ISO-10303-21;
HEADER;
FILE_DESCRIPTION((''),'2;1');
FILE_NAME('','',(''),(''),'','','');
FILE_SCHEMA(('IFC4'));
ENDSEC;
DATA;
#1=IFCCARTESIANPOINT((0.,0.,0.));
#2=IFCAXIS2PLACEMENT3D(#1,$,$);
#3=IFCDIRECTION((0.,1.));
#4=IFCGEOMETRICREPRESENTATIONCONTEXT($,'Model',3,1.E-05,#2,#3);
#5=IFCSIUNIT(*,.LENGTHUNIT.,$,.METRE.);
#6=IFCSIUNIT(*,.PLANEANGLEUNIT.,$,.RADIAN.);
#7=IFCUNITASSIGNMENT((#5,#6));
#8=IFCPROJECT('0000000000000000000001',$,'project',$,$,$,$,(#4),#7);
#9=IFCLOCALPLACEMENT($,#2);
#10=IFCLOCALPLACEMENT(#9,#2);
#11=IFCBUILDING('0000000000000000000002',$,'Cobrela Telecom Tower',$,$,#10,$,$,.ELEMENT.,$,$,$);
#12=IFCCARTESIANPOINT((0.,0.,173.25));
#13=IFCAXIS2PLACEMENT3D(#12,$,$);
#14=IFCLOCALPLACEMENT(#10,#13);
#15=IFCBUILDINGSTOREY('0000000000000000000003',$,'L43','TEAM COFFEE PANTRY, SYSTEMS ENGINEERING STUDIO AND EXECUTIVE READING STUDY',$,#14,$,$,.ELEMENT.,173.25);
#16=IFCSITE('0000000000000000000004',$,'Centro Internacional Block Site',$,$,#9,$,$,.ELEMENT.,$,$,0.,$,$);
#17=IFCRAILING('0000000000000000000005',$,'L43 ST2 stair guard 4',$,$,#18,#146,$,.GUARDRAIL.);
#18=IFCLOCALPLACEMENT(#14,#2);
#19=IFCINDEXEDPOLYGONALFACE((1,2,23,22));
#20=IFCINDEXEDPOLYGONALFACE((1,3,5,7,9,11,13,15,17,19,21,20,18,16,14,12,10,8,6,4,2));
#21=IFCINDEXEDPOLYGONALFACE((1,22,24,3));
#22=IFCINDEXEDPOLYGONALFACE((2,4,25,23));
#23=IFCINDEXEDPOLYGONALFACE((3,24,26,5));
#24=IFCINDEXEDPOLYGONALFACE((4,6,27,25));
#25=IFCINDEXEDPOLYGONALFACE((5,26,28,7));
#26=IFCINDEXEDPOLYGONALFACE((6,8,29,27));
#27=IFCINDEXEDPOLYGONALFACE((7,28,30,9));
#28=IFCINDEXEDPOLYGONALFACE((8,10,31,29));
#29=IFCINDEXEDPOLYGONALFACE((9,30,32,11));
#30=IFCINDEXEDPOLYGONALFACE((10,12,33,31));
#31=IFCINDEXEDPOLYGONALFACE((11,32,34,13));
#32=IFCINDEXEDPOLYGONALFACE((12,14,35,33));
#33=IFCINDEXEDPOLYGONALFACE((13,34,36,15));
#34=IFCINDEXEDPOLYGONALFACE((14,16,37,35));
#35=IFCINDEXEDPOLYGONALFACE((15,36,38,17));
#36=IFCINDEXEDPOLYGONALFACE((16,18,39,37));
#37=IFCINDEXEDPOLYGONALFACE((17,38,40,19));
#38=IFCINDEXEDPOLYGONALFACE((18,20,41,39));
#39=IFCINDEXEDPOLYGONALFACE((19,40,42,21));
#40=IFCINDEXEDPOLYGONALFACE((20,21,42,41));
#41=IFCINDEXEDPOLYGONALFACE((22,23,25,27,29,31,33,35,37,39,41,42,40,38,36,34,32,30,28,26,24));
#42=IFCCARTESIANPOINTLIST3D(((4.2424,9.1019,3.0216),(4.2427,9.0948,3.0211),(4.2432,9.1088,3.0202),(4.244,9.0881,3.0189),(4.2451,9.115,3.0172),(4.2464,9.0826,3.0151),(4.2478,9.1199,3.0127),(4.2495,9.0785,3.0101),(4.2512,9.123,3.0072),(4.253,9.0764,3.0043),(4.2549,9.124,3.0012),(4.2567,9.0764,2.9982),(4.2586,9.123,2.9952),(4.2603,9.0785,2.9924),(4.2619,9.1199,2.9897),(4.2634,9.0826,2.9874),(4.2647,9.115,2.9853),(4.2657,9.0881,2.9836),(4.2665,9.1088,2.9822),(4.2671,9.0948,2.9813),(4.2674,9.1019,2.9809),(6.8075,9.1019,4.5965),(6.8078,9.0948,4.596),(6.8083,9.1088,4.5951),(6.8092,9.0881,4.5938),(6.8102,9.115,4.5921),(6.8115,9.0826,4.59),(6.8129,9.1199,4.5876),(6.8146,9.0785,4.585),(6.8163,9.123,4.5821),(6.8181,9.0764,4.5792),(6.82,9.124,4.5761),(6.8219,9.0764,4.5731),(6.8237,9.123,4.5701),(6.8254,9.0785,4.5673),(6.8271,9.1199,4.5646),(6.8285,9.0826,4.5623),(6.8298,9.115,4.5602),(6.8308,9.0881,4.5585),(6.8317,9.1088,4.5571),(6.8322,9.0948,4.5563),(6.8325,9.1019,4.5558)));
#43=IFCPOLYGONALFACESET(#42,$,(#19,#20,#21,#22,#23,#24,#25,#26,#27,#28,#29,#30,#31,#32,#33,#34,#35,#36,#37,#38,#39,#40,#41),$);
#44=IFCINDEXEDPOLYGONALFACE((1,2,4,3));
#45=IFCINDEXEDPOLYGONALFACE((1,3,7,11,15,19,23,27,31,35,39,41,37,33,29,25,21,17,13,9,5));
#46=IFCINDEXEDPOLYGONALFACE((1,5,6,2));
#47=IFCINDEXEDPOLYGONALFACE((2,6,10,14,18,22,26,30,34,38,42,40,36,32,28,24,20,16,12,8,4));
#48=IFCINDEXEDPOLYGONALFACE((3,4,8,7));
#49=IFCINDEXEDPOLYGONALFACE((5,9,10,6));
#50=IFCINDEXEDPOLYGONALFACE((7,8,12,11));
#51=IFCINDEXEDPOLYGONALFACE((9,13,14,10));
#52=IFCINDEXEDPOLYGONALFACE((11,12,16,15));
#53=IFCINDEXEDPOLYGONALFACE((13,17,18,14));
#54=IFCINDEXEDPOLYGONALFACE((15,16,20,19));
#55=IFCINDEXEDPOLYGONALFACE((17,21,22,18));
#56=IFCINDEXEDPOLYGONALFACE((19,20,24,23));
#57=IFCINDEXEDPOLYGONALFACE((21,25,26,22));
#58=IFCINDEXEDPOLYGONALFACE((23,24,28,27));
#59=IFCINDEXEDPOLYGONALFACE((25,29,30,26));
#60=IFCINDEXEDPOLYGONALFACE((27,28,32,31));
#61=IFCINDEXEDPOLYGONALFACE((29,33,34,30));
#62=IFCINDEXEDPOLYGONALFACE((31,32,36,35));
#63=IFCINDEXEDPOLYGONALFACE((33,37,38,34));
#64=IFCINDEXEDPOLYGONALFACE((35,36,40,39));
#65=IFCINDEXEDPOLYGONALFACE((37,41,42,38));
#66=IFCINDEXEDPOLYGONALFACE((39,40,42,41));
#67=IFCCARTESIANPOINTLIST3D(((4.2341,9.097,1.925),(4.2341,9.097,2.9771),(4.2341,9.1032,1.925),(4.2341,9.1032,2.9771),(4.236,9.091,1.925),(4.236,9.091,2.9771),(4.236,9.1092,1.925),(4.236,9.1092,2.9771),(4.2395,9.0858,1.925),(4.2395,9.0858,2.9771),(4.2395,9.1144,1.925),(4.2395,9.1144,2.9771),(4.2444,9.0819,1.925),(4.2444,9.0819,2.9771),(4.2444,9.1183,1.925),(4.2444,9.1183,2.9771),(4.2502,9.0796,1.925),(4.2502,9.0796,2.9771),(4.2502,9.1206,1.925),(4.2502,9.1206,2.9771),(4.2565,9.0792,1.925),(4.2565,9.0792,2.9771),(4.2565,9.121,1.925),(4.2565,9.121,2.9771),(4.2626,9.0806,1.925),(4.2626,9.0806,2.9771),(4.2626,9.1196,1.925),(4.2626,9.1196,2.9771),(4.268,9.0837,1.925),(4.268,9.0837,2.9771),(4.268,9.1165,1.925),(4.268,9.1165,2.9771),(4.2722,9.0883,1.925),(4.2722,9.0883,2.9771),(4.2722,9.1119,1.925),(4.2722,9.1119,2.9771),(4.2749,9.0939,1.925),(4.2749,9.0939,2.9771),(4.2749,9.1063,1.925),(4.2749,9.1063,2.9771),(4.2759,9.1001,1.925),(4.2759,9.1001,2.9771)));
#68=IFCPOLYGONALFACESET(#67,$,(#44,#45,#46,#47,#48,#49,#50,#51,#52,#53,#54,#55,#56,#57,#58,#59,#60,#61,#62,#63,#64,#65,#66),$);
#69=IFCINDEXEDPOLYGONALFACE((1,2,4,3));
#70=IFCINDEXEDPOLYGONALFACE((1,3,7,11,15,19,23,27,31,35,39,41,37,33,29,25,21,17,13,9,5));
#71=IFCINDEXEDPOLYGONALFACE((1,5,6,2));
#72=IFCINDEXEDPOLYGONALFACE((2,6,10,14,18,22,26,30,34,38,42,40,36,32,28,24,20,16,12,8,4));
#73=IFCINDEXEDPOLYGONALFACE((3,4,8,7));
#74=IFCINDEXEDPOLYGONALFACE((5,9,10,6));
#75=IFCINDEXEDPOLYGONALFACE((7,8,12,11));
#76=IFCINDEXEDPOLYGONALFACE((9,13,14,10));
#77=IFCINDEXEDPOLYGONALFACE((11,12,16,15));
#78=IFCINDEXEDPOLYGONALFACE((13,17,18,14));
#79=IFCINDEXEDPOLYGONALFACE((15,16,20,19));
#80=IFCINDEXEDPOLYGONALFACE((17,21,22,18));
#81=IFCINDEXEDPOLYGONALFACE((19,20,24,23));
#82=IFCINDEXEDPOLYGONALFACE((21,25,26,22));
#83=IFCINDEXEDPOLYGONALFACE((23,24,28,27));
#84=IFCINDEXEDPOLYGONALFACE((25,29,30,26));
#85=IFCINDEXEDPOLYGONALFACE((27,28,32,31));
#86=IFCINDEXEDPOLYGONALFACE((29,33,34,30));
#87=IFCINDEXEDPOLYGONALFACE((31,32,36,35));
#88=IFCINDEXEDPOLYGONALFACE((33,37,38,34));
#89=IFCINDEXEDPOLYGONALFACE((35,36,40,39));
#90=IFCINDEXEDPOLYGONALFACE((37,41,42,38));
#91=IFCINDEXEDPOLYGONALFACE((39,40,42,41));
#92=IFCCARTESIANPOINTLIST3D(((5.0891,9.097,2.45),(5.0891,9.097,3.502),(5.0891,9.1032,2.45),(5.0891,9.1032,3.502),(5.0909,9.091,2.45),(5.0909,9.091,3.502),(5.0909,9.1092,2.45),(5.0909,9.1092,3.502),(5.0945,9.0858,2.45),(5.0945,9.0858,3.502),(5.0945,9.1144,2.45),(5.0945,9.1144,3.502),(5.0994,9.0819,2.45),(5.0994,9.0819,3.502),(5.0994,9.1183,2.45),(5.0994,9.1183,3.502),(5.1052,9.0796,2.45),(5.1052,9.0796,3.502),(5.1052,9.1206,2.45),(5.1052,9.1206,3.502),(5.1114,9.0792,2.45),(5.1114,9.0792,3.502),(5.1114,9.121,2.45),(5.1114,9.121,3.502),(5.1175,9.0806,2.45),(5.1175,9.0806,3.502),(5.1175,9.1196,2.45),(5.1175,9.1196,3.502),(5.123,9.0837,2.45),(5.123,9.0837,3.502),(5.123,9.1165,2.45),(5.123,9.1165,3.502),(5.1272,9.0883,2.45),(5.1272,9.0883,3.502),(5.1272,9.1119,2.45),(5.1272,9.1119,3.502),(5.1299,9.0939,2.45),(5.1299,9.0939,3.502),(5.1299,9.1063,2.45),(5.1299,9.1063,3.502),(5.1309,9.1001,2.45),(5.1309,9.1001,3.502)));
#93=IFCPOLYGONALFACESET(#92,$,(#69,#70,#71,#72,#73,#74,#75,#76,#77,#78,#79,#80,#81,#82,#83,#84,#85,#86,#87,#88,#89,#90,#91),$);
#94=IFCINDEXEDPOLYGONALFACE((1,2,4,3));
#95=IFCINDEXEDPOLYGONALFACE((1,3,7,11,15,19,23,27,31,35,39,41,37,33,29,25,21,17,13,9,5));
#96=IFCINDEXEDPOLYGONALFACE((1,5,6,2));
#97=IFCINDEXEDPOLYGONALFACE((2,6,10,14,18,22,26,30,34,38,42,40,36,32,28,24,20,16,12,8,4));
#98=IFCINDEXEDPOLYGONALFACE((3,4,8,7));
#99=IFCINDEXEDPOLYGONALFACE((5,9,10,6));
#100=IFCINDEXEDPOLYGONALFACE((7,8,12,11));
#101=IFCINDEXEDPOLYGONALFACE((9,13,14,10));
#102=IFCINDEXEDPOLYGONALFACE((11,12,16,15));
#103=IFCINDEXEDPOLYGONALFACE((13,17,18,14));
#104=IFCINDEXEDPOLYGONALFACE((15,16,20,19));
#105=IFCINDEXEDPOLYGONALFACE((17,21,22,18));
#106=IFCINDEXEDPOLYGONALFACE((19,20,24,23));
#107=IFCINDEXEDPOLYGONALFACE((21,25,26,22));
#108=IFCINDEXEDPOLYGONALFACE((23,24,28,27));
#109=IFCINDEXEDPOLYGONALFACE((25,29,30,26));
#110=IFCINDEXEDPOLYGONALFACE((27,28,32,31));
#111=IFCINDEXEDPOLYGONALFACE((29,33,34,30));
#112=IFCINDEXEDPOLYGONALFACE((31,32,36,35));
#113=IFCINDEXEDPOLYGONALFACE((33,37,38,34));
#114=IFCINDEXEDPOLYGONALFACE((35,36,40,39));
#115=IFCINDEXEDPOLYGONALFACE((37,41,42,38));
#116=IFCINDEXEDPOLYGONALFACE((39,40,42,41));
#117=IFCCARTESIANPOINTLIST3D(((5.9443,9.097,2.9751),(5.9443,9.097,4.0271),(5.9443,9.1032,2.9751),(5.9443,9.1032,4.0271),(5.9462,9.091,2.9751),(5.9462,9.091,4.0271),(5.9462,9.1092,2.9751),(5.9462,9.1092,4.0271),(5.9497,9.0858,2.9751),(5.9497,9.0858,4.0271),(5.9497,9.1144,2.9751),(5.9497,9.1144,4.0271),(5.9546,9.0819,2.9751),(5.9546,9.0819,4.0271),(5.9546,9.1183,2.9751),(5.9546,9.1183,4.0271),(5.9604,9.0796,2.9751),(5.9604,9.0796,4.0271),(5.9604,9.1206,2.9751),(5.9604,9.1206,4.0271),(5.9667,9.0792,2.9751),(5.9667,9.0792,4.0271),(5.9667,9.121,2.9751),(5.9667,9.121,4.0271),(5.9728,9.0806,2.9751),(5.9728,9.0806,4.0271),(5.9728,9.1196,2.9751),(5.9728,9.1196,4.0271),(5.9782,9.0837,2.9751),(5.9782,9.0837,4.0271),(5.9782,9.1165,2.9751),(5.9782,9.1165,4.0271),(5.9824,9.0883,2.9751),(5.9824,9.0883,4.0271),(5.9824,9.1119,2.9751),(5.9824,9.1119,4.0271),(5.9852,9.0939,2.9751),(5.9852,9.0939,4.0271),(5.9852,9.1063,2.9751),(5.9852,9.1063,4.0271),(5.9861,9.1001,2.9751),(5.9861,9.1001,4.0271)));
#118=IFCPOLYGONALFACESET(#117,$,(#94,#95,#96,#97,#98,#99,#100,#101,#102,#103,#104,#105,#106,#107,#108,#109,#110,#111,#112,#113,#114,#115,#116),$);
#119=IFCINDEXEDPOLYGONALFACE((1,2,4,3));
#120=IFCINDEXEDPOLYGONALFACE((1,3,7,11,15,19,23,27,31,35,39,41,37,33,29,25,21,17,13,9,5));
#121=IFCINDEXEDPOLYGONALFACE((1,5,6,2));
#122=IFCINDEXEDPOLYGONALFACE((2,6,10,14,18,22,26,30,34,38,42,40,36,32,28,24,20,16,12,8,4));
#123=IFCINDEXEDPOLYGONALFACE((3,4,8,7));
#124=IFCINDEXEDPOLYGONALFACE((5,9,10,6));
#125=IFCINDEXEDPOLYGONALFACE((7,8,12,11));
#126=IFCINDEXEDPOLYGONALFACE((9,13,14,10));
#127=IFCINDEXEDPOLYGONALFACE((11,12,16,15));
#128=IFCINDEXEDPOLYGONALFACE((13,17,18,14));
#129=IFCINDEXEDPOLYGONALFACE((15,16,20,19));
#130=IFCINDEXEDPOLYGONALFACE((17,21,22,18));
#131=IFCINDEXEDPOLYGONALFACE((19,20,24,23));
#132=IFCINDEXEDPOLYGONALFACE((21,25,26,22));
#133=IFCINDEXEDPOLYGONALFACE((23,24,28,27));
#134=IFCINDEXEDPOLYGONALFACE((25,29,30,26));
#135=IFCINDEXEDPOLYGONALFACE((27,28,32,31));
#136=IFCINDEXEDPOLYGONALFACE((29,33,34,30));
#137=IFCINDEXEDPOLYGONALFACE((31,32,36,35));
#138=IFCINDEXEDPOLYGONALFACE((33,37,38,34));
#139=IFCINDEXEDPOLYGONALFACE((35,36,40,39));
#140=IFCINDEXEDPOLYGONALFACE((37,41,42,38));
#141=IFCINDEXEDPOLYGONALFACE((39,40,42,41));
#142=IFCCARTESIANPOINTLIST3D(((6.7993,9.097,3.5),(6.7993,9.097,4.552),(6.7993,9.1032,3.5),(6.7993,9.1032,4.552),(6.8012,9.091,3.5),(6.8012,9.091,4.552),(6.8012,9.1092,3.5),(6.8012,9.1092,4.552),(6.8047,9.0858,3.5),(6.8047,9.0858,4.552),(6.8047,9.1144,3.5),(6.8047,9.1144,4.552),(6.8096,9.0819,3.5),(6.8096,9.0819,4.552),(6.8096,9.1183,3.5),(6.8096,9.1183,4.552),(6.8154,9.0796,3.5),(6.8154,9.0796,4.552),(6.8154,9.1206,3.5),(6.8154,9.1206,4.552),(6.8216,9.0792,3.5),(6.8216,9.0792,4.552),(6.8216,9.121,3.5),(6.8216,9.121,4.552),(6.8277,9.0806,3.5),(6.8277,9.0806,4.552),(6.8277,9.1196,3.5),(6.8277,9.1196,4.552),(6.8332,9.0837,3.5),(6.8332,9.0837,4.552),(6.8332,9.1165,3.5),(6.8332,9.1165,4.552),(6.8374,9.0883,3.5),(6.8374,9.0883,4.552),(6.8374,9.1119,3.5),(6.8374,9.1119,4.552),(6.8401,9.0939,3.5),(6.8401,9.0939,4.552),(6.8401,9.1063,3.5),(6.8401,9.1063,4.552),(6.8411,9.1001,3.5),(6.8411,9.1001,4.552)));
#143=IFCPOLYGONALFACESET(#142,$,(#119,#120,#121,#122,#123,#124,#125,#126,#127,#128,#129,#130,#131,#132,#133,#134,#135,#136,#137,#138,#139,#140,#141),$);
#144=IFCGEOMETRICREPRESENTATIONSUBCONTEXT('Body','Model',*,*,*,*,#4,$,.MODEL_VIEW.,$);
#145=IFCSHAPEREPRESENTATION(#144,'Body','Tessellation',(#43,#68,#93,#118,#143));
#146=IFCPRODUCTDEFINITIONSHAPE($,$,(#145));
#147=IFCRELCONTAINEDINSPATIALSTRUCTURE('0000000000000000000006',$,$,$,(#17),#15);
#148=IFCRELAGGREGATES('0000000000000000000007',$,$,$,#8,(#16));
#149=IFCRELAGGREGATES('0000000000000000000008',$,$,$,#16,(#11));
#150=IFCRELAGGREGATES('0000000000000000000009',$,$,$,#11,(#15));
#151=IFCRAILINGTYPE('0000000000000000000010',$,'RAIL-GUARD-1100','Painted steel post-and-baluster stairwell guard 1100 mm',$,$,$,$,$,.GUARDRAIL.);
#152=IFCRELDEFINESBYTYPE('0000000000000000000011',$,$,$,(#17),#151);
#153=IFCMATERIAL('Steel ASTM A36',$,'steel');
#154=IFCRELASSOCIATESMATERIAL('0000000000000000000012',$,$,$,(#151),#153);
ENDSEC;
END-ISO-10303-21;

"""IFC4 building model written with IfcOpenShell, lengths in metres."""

from ifc_helpers import new_model, si_unit, direction, frame, origin, origin_2d, place, context, subcontext, project, spatial, circle, extrude, material, type_object, element, save


model = new_model("IFC4")

# Units and contexts
model_context = context("Model", 3, precision=1e-05, world=origin(), true_north=direction((0.0, 1.0)))
body_context = subcontext(model_context, "Body", "Model", "MODEL_VIEW")
ifc_project = project(units=[si_unit("LENGTHUNIT", "METRE"), si_unit("PLANEANGLEUNIT", "RADIAN")], contexts=[model_context])

# Site, building, storey
site_placement = place(None, origin())
site = spatial("IfcSite", under=ifc_project, at=site_placement, Name="Centro Internacional Block Site", CompositionType="ELEMENT", RefElevation=0.0)
building_placement = place(site_placement, origin())
building = spatial("IfcBuilding", under=site, at=building_placement, Name="Cobrela Telecom Tower", CompositionType="ELEMENT")
storey_placement = place(building_placement, frame((0.0, 0.0, 173.25)))
storey = spatial("IfcBuildingStorey", under=building, at=storey_placement, Name="L43", Description="TEAM COFFEE PANTRY, SYSTEMS ENGINEERING STUDIO AND EXECUTIVE READING STUDY", CompositionType="ELEMENT", Elevation=173.25)

# Shared definitions
ifc_material_1 = material(Name="Steel ASTM A36", Category="steel")

# Railing
railing_type = type_object("IfcRailingType", Name="RAIL-GUARD-1100", Description="Painted steel post-and-baluster stairwell guard 1100 mm", PredefinedType="GUARDRAIL", material=ifc_material_1)
railing_1_placement = place(storey_placement, frame((4.2549, 9.1001, 1.925)))
element("IfcRailing", 1, at=railing_1_placement, inside=storey, type_object=railing_type, Name="L43 ST2 stair guard 4", PredefinedType="GUARDRAIL", context=body_context, shape_type="SweptSolid", body=[
    extrude(circle(Radius=0.0239, at=origin_2d()), frame((0.0, 0.0, 1.0762), z_axis=(0.852195, 0.0, 0.523224), x_axis=(0.0, 1.0, 0.0)), (0.0, 0.0, 1.0), 3.01),
    extrude(circle(Radius=0.021, at=origin_2d()), origin(), (0.0, 0.0, 1.0), 1.052),
    extrude(circle(Radius=0.021, at=origin_2d()), frame((0.855, 0.0, 0.5249)), (0.0, 0.0, 1.0), 1.052),
    extrude(circle(Radius=0.021, at=origin_2d()), frame((1.7102, 0.0, 1.05)), (0.0, 0.0, 1.0), 1.052),
    extrude(circle(Radius=0.021, at=origin_2d()), frame((2.5652, 0.0, 1.575)), (0.0, 0.0, 1.0), 1.052),
])

save(model, "model.ifc")
